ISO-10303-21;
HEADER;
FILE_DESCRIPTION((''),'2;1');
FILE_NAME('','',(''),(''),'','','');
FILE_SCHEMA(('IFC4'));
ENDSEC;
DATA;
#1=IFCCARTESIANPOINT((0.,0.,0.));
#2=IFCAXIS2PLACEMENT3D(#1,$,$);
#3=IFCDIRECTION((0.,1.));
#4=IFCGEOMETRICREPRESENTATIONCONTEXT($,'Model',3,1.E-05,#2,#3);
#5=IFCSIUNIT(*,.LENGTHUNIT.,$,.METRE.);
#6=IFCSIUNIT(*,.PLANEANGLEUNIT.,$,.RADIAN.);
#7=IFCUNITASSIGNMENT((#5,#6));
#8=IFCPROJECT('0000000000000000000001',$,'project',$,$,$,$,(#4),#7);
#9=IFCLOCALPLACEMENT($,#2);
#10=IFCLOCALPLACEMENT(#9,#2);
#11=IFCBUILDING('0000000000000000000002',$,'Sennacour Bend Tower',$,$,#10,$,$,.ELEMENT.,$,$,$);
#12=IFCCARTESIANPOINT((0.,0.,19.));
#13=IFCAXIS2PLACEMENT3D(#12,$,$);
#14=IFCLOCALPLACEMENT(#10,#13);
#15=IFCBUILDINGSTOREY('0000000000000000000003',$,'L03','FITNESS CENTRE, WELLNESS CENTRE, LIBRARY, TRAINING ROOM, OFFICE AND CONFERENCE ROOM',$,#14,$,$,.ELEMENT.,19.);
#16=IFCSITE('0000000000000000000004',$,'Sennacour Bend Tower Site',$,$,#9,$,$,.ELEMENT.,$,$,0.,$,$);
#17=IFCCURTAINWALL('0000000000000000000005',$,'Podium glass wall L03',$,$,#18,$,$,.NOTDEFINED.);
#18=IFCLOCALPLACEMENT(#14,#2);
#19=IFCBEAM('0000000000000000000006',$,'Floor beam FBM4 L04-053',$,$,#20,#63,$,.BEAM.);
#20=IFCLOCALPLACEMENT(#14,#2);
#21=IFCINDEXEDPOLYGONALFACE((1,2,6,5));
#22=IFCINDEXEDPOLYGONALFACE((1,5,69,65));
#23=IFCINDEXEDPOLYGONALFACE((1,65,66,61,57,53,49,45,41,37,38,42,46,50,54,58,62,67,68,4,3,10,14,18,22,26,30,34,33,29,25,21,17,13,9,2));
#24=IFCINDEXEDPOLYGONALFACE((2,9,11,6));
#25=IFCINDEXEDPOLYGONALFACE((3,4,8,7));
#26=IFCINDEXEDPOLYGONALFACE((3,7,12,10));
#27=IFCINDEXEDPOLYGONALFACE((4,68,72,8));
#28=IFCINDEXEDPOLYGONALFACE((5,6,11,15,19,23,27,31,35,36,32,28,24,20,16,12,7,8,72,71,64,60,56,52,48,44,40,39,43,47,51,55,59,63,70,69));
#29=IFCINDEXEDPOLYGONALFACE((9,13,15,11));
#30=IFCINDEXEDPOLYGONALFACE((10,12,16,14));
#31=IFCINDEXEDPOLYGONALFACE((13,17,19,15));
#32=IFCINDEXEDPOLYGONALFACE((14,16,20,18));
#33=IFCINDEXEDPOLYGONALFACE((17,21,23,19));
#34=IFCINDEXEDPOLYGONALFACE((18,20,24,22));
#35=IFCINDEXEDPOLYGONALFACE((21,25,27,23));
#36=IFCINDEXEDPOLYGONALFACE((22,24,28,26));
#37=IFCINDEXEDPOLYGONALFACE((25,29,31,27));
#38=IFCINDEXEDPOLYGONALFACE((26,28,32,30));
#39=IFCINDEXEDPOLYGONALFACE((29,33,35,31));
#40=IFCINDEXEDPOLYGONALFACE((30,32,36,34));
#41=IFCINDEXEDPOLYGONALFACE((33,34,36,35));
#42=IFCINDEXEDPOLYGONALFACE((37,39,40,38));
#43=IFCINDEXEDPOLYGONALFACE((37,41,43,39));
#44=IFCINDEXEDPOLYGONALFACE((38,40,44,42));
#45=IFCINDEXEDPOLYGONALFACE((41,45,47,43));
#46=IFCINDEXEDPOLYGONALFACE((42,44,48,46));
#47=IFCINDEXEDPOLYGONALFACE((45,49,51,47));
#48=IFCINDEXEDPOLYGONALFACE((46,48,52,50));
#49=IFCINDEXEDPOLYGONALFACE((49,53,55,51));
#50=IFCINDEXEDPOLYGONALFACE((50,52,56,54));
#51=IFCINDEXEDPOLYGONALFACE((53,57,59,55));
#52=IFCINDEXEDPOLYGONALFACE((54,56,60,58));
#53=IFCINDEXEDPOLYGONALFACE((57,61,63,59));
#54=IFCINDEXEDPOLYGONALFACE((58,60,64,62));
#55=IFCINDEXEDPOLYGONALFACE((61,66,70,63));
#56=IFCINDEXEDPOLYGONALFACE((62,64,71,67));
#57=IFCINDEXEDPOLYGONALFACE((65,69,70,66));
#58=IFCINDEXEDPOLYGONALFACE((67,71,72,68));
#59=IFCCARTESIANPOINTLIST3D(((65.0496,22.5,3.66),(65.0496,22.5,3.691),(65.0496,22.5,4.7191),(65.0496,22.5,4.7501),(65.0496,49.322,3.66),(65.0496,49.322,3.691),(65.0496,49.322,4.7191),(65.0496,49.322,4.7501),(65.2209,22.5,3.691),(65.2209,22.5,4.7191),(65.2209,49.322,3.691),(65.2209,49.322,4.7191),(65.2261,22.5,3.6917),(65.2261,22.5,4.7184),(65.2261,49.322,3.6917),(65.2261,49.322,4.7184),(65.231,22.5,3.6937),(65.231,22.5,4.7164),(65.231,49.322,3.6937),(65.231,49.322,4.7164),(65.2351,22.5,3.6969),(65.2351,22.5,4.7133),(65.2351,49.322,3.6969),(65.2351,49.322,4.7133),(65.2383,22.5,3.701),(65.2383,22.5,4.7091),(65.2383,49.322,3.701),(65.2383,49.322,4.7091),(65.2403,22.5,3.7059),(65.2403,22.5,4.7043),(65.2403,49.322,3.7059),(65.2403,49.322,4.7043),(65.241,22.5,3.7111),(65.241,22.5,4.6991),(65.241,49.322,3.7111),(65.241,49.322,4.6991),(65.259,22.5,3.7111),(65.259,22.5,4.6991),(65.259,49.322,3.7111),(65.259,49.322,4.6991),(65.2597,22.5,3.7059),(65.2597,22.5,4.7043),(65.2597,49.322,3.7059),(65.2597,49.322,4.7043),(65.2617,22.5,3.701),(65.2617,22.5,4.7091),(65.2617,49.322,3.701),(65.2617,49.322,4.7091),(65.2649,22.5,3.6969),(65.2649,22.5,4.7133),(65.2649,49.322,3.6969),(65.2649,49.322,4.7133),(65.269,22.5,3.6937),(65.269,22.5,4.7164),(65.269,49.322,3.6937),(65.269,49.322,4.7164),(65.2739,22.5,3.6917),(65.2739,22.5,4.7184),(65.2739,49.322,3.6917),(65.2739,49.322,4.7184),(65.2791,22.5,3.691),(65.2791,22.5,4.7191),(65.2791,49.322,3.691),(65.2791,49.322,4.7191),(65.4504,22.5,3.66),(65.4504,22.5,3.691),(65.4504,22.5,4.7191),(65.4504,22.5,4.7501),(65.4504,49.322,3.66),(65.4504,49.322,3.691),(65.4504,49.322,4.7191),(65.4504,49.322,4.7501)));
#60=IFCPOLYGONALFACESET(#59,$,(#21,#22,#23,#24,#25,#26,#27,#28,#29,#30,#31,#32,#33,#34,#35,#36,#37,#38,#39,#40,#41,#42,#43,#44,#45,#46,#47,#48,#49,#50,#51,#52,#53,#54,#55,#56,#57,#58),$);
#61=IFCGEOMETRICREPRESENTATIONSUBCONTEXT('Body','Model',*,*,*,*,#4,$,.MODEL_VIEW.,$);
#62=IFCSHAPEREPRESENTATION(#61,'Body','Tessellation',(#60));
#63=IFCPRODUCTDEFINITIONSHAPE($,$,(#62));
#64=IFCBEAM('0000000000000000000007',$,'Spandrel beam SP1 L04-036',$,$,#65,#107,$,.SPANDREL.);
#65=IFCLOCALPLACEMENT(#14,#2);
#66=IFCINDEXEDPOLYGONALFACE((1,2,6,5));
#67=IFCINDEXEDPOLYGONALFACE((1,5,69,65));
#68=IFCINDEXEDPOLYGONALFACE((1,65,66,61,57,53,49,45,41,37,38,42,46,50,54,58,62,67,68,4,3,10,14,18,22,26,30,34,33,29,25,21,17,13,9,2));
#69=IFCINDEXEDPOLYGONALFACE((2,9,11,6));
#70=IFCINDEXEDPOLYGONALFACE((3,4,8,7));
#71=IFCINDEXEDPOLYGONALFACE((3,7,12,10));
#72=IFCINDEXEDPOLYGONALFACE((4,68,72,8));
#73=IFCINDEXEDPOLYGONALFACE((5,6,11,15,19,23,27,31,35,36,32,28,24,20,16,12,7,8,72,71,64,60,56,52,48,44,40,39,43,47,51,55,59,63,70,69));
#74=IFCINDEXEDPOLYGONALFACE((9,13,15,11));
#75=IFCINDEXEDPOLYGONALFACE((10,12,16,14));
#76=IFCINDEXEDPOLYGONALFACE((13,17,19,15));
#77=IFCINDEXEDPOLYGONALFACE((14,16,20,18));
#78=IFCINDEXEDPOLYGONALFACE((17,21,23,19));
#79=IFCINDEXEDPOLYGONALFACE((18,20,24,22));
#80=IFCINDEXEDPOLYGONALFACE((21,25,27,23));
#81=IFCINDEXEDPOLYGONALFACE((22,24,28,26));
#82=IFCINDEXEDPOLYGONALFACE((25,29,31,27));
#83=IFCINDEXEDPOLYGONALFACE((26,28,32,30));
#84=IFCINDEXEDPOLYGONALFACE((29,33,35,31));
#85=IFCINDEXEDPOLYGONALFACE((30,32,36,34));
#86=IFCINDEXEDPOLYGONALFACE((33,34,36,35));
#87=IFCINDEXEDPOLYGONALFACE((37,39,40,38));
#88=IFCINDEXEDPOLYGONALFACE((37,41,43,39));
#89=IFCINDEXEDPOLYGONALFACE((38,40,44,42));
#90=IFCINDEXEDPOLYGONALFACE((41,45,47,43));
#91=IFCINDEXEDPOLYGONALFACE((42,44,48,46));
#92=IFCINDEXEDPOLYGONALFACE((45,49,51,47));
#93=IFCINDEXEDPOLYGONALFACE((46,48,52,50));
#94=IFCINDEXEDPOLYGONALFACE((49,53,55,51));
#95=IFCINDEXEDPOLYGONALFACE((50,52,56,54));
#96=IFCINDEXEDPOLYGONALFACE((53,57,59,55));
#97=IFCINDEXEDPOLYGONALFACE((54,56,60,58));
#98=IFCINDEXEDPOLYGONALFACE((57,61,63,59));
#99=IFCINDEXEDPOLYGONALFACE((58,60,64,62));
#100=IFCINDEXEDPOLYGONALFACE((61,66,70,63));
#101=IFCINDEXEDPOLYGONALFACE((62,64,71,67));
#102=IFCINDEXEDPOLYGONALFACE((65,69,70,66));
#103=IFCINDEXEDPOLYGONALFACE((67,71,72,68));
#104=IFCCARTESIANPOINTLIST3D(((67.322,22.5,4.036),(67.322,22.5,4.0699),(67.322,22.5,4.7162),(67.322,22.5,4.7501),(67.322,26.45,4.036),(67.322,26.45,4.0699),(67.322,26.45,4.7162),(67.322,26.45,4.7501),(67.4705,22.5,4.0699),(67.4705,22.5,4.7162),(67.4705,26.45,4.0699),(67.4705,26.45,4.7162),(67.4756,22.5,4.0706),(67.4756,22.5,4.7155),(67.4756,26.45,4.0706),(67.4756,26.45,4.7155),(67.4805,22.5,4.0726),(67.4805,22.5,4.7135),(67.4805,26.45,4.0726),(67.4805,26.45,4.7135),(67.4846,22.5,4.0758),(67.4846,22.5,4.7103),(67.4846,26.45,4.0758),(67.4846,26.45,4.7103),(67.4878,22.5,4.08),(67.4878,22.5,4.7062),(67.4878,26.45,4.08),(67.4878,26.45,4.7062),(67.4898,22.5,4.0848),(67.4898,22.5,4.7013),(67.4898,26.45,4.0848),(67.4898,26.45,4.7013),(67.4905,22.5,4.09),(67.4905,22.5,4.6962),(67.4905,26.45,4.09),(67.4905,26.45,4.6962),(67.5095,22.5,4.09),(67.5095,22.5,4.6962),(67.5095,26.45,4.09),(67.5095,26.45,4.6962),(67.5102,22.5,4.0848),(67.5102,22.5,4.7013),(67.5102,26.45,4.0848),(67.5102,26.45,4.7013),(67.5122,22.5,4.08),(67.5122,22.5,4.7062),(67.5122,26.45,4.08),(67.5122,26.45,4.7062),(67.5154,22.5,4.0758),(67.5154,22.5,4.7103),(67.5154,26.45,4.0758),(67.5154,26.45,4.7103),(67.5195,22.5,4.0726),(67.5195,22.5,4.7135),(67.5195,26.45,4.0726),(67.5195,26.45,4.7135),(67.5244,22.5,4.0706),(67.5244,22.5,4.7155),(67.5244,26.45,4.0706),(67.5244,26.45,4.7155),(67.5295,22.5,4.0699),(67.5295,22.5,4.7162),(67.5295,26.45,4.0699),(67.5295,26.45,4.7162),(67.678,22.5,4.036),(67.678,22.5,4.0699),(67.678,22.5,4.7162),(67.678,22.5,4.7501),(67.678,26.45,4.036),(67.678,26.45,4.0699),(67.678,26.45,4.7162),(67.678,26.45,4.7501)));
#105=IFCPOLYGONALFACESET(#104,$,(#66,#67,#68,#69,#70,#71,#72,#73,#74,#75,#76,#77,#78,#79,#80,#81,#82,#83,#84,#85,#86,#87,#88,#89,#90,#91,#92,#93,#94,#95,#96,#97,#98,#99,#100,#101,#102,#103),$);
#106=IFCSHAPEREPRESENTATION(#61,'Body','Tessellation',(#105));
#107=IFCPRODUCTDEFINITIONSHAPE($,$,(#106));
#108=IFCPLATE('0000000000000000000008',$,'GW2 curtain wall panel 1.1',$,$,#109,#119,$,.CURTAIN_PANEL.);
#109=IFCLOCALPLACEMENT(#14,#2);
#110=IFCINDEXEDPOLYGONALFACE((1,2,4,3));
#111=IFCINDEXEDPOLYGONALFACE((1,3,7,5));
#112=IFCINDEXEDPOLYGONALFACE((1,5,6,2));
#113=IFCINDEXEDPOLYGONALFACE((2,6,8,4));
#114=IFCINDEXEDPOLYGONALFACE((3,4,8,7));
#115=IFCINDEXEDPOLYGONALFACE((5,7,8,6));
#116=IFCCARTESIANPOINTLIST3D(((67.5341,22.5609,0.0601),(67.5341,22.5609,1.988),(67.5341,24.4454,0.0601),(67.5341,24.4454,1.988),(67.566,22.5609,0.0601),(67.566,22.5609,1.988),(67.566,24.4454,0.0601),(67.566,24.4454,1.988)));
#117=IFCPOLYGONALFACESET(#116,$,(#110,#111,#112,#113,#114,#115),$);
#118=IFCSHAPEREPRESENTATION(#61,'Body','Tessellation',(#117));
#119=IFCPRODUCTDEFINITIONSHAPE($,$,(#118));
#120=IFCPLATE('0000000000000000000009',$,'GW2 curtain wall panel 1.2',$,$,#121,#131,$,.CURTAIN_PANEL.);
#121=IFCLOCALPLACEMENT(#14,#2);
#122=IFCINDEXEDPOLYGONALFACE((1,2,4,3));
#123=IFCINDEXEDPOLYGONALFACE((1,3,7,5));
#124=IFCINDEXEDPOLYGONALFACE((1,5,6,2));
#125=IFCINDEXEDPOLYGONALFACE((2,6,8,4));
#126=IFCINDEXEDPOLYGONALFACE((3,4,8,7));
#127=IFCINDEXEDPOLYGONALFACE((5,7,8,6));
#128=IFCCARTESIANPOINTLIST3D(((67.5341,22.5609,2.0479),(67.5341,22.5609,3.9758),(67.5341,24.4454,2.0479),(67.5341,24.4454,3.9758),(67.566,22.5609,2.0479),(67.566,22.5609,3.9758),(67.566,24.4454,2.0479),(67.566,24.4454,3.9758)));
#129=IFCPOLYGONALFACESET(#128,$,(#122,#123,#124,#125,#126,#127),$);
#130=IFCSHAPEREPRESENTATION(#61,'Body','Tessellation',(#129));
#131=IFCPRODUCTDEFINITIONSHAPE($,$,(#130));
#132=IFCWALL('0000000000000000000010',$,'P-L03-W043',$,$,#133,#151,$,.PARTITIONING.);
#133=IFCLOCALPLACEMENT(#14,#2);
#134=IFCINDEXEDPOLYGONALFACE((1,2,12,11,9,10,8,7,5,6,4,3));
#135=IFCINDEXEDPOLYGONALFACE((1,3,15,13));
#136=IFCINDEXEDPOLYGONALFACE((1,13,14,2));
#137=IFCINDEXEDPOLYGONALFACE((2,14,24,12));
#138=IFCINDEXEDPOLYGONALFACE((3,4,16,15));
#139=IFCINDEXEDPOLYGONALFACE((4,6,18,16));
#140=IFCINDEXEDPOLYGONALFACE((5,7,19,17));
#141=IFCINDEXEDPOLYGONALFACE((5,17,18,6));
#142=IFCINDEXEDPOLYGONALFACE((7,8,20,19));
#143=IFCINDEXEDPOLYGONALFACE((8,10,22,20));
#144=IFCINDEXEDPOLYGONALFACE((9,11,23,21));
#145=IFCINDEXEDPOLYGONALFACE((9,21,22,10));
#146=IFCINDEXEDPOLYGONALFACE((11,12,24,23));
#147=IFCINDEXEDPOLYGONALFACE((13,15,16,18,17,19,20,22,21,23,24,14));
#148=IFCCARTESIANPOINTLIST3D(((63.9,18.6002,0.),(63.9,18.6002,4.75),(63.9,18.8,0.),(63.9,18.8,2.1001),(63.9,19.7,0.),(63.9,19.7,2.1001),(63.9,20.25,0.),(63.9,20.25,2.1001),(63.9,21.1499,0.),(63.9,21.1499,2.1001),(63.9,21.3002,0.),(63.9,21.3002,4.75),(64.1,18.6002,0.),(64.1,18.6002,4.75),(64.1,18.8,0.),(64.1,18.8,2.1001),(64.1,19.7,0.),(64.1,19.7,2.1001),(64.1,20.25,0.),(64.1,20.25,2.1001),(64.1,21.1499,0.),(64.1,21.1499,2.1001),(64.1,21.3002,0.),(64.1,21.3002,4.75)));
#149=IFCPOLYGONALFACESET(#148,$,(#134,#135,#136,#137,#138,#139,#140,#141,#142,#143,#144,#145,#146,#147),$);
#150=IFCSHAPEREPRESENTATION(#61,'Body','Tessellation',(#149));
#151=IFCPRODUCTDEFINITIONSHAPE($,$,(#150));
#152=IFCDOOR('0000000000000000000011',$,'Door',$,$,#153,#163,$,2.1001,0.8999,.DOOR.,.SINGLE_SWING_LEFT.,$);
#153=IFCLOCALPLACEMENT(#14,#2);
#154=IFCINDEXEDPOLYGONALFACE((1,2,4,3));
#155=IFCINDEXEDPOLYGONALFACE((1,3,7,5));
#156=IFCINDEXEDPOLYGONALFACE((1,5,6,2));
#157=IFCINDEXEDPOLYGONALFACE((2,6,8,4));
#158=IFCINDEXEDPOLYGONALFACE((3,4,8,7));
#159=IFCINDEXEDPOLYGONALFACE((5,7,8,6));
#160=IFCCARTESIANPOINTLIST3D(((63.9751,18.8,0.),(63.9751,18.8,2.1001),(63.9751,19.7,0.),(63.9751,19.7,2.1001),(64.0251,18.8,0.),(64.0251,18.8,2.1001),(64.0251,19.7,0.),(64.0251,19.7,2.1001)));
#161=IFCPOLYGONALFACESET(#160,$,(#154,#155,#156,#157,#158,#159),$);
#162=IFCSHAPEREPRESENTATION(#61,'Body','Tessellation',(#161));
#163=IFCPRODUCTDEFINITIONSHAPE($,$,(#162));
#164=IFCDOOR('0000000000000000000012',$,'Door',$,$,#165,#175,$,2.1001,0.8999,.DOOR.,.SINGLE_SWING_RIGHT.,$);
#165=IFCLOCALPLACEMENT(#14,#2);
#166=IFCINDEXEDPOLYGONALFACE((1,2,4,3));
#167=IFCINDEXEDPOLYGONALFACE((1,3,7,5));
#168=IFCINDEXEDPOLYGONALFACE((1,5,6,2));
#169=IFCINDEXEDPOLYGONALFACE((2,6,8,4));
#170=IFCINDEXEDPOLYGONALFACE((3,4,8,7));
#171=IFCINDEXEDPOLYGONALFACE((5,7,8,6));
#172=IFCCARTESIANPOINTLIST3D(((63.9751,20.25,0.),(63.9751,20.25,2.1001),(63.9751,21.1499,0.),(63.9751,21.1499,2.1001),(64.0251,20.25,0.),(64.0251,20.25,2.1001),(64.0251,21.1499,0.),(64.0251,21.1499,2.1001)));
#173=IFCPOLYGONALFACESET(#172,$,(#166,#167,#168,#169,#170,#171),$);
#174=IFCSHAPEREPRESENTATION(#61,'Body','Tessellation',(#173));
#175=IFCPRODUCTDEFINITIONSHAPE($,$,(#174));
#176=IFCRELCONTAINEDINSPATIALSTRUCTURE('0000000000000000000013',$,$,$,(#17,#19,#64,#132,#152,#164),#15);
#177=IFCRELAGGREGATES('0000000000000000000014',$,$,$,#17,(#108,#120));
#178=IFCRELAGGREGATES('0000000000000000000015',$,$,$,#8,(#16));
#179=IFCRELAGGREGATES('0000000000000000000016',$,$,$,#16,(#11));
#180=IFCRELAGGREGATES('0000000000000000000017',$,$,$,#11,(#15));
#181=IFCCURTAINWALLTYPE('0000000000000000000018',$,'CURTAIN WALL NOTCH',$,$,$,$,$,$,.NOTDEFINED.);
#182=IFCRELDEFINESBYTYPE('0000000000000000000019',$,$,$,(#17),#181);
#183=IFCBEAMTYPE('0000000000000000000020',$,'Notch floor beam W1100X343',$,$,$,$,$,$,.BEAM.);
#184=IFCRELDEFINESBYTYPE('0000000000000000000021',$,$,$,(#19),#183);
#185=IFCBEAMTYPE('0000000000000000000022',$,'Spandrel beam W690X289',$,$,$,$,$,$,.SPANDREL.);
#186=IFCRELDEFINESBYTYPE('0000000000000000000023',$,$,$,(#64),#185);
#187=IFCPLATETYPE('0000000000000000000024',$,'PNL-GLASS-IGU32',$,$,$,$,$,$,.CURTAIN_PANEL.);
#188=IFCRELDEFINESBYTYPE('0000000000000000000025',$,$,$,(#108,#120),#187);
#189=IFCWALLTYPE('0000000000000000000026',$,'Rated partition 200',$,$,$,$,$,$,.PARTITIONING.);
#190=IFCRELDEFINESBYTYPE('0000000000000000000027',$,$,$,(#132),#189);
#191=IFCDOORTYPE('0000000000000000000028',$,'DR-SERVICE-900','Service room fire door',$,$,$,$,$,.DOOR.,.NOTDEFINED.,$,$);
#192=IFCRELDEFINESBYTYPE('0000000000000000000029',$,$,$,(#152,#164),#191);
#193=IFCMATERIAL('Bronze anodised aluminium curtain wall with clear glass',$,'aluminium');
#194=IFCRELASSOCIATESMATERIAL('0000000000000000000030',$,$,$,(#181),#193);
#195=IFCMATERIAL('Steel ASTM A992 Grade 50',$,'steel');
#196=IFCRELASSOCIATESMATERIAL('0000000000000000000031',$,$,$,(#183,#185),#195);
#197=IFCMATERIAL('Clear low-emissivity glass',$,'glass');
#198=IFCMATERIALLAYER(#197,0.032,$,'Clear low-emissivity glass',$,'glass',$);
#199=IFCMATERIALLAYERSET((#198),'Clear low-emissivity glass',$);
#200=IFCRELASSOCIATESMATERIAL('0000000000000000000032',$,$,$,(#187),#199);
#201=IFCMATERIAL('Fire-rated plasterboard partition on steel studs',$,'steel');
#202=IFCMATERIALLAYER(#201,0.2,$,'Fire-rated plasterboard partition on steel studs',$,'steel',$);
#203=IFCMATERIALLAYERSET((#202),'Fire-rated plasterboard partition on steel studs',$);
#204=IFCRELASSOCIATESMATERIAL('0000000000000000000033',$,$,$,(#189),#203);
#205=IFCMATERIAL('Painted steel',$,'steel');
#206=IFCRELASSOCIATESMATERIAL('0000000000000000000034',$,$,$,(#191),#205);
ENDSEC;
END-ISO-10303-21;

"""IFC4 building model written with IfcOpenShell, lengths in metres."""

from ifc_helpers import new_model, si_unit, direction, frame, frame_2d, origin, origin_2d, place, context, subcontext, project, spatial, rectangle, i_section, extrude, material, layer, layer_set, material_profile, profile_set, type_object, element, fill, aggregate, save


model = new_model("IFC4")

# Units and contexts
model_context = context("Model", 3, precision=1e-05, world=origin(), true_north=direction((0.0, 1.0)))
body_context = subcontext(model_context, "Body", "Model", "MODEL_VIEW")
ifc_project = project(units=[si_unit("LENGTHUNIT", "METRE"), si_unit("PLANEANGLEUNIT", "RADIAN")], contexts=[model_context])

# Site, building, storey
site_placement = place(None, origin())
site = spatial("IfcSite", under=ifc_project, at=site_placement, Name="Sennacour Bend Tower Site", CompositionType="ELEMENT", RefElevation=0.0)
building_placement = place(site_placement, origin())
building = spatial("IfcBuilding", under=site, at=building_placement, Name="Sennacour Bend Tower", CompositionType="ELEMENT")
storey_placement = place(building_placement, frame((0.0, 0.0, 19.0)))
storey = spatial("IfcBuildingStorey", under=building, at=storey_placement, Name="L03", Description="FITNESS CENTRE, WELLNESS CENTRE, LIBRARY, TRAINING ROOM, OFFICE AND CONFERENCE ROOM", CompositionType="ELEMENT", Elevation=19.0)

# Curtain wall
ifc_material_1 = material(Name="Bronze anodised aluminium curtain wall with clear glass", Category="aluminium")
curtain_wall_type = type_object("IfcCurtainWallType", Name="CURTAIN WALL NOTCH", PredefinedType="NOTDEFINED", material=ifc_material_1)
curtain_wall_placement = place(storey_placement, origin())
curtain_wall = element("IfcCurtainWall", 1, at=curtain_wall_placement, inside=storey, type_object=curtain_wall_type, Name="Podium glass wall L03", PredefinedType="NOTDEFINED")

# Beams
ifc_material_2 = material(Name="Steel ASTM A992 Grade 50", Category="steel")
ifc_material_profile_1 = material_profile(ifc_material_2, i_section(OverallWidth=0.4009, OverallDepth=1.0901, WebThickness=0.0181, FlangeThickness=0.031, FilletRadius=0.02, at=origin_2d()), Name="Steel ASTM A992 Grade 50", Category="steel")
ifc_profile_set_1 = profile_set([ifc_material_profile_1], Name="Steel ASTM A992 Grade 50")
beam_type_1 = type_object("IfcBeamType", Name="Notch floor beam W1100X343", PredefinedType="BEAM", material=ifc_profile_set_1)
beam_1_placement = place(storey_placement, frame((65.25, 22.5, 4.2051), z_axis=(0.0, 1.0, 0.0), x_axis=(-1.0, 0.0, 0.0)))
element("IfcBeam", 2, at=beam_1_placement, inside=storey, type_object=beam_type_1, Name="Floor beam FBM4 L04-053", PredefinedType="BEAM", context=body_context, shape_type="SweptSolid", body=[
    extrude(i_section(OverallWidth=0.4009, OverallDepth=1.0901, WebThickness=0.0181, FlangeThickness=0.031, FilletRadius=0.02, at=origin_2d()), origin(), (0.0, 0.0, 1.0), 26.822),
])
ifc_material_profile_2 = material_profile(ifc_material_2, i_section(OverallWidth=0.356, OverallDepth=0.7141, WebThickness=0.019, FlangeThickness=0.0339, FilletRadius=0.02, at=origin_2d()), Name="Steel ASTM A992 Grade 50", Category="steel")
ifc_profile_set_2 = profile_set([ifc_material_profile_2], Name="Steel ASTM A992 Grade 50")
beam_type_2 = type_object("IfcBeamType", Name="Spandrel beam W690X289", PredefinedType="SPANDREL", material=ifc_profile_set_2)
beam_2_placement = place(storey_placement, frame((67.5, 22.5, 4.3931), z_axis=(0.0, 1.0, 0.0), x_axis=(-1.0, 0.0, 0.0)))
element("IfcBeam", 3, at=beam_2_placement, inside=storey, type_object=beam_type_2, Name="Spandrel beam SP1 L04-036", PredefinedType="SPANDREL", context=body_context, shape_type="SweptSolid", body=[
    extrude(i_section(OverallWidth=0.356, OverallDepth=0.7141, WebThickness=0.019, FlangeThickness=0.0339, FilletRadius=0.02, at=origin_2d()), origin(), (0.0, 0.0, 1.0), 3.95),
])

# Plates
ifc_material_3 = material(Name="Clear low-emissivity glass", Category="glass")
ifc_layer_1 = layer(ifc_material_3, 0.032, Name="Clear low-emissivity glass", Category="glass")
ifc_layer_set_1 = layer_set([ifc_layer_1], Name="Clear low-emissivity glass")
plate_type = type_object("IfcPlateType", Name="PNL-GLASS-IGU32", PredefinedType="CURTAIN_PANEL", material=ifc_layer_set_1)
plate_1_placement = place(storey_placement, frame((67.55, 23.5032, 0.0601), z_axis=(0.0, 0.0, 1.0), x_axis=(0.0, 1.0, 0.0)))
plate_1 = element("IfcPlate", 4, at=plate_1_placement, type_object=plate_type, Name="GW2 curtain wall panel 1.1", PredefinedType="CURTAIN_PANEL", context=body_context, shape_type="SweptSolid", body=[
    extrude(rectangle(XDim=1.8845, YDim=0.032, at=origin_2d()), origin(), (0.0, 0.0, 1.0), 1.928),
])
plate_2_placement = place(storey_placement, frame((67.55, 23.5032, 2.0479), z_axis=(0.0, 0.0, 1.0), x_axis=(0.0, 1.0, 0.0)))
plate_2 = element("IfcPlate", 5, at=plate_2_placement, type_object=plate_type, Name="GW2 curtain wall panel 1.2", PredefinedType="CURTAIN_PANEL", context=body_context, shape_type="SweptSolid", body=[
    extrude(rectangle(XDim=1.8845, YDim=0.032, at=origin_2d()), origin(), (0.0, 0.0, 1.0), 1.928),
])
aggregate(curtain_wall, [plate_1, plate_2])

# Wall, openings, doors
ifc_material_4 = material(Name="Fire-rated plasterboard partition on steel studs", Category="steel")
ifc_layer_2 = layer(ifc_material_4, 0.2, Name="Fire-rated plasterboard partition on steel studs", Category="steel")
ifc_layer_set_2 = layer_set([ifc_layer_2], Name="Fire-rated plasterboard partition on steel studs")
wall_type_1 = type_object("IfcWallType", Name="Rated partition 200", PredefinedType="PARTITIONING", material=ifc_layer_set_2)
wall_1_placement = place(storey_placement, frame((64.0, 18.6001, 0.0), z_axis=(0.0, 0.0, 1.0), x_axis=(0.0, 1.0, 0.0)))
wall_1 = element("IfcWall", 6, at=wall_1_placement, inside=storey, type_object=wall_type_1, Name="P-L03-W043", PredefinedType="PARTITIONING", context=body_context, shape_type="SweptSolid", body=[
    extrude(rectangle(XDim=2.7, YDim=0.2, at=frame_2d((1.3501, 0.0))), origin(), (0.0, 0.0, 1.0), 4.75),
])
opening_1_placement = place(wall_1_placement, frame((0.2, 0.0, 0.0)))
opening_1 = element("IfcOpeningElement", 7, at=opening_1_placement, cuts=wall_1, PredefinedType="OPENING", context=body_context, shape_type="SweptSolid", body=[
    extrude(rectangle(XDim=0.8999, YDim=2.1001, at=frame_2d((0.45, 1.05))), frame((0.0, 0.1099, 0.0), z_axis=(0.0, -1.0, 0.0), x_axis=(1.0, 0.0, 0.0)), (0.0, 0.0, 1.0), 0.22),
])
opening_2_placement = place(wall_1_placement, frame((1.6499, 0.0, 0.0)))
opening_2 = element("IfcOpeningElement", 8, at=opening_2_placement, cuts=wall_1, PredefinedType="OPENING", context=body_context, shape_type="SweptSolid", body=[
    extrude(rectangle(XDim=0.8999, YDim=2.1001, at=frame_2d((0.45, 1.05))), frame((0.0, 0.1099, 0.0), z_axis=(0.0, -1.0, 0.0), x_axis=(1.0, 0.0, 0.0)), (0.0, 0.0, 1.0), 0.22),
])
ifc_material_5 = material(Name="Painted steel", Category="steel")
door_type_1 = type_object("IfcDoorType", Name="DR-SERVICE-900", Description="Service room fire door", OperationType="NOTDEFINED", PredefinedType="DOOR", material=ifc_material_5)
door_1_placement = place(opening_1_placement, origin())
door_1 = element("IfcDoor", 9, at=door_1_placement, inside=storey, type_object=door_type_1, Name="Door", OperationType="SINGLE_SWING_LEFT", OverallHeight=2.1001, OverallWidth=0.8999, PredefinedType="DOOR", context=body_context, shape_type="SweptSolid", body=[
    extrude(rectangle(XDim=0.8999, YDim=2.1001, at=frame_2d((0.45, 1.05))), frame((0.0, 0.0249, 0.0), z_axis=(0.0, -1.0, 0.0), x_axis=(1.0, 0.0, 0.0)), (0.0, 0.0, 1.0), 0.05),
])
fill(opening_1, door_1)
door_2_placement = place(opening_2_placement, origin())
door_2 = element("IfcDoor", 10, at=door_2_placement, inside=storey, type_object=door_type_1, Name="Door", OperationType="SINGLE_SWING_RIGHT", OverallHeight=2.1001, OverallWidth=0.8999, PredefinedType="DOOR", context=body_context, shape_type="SweptSolid", body=[
    extrude(rectangle(XDim=0.8999, YDim=2.1001, at=frame_2d((0.45, 1.05))), frame((0.0, 0.0249, 0.0), z_axis=(0.0, -1.0, 0.0), x_axis=(1.0, 0.0, 0.0)), (0.0, 0.0, 1.0), 0.05),
])
fill(opening_2, door_2)

save(model, "model.ifc")
